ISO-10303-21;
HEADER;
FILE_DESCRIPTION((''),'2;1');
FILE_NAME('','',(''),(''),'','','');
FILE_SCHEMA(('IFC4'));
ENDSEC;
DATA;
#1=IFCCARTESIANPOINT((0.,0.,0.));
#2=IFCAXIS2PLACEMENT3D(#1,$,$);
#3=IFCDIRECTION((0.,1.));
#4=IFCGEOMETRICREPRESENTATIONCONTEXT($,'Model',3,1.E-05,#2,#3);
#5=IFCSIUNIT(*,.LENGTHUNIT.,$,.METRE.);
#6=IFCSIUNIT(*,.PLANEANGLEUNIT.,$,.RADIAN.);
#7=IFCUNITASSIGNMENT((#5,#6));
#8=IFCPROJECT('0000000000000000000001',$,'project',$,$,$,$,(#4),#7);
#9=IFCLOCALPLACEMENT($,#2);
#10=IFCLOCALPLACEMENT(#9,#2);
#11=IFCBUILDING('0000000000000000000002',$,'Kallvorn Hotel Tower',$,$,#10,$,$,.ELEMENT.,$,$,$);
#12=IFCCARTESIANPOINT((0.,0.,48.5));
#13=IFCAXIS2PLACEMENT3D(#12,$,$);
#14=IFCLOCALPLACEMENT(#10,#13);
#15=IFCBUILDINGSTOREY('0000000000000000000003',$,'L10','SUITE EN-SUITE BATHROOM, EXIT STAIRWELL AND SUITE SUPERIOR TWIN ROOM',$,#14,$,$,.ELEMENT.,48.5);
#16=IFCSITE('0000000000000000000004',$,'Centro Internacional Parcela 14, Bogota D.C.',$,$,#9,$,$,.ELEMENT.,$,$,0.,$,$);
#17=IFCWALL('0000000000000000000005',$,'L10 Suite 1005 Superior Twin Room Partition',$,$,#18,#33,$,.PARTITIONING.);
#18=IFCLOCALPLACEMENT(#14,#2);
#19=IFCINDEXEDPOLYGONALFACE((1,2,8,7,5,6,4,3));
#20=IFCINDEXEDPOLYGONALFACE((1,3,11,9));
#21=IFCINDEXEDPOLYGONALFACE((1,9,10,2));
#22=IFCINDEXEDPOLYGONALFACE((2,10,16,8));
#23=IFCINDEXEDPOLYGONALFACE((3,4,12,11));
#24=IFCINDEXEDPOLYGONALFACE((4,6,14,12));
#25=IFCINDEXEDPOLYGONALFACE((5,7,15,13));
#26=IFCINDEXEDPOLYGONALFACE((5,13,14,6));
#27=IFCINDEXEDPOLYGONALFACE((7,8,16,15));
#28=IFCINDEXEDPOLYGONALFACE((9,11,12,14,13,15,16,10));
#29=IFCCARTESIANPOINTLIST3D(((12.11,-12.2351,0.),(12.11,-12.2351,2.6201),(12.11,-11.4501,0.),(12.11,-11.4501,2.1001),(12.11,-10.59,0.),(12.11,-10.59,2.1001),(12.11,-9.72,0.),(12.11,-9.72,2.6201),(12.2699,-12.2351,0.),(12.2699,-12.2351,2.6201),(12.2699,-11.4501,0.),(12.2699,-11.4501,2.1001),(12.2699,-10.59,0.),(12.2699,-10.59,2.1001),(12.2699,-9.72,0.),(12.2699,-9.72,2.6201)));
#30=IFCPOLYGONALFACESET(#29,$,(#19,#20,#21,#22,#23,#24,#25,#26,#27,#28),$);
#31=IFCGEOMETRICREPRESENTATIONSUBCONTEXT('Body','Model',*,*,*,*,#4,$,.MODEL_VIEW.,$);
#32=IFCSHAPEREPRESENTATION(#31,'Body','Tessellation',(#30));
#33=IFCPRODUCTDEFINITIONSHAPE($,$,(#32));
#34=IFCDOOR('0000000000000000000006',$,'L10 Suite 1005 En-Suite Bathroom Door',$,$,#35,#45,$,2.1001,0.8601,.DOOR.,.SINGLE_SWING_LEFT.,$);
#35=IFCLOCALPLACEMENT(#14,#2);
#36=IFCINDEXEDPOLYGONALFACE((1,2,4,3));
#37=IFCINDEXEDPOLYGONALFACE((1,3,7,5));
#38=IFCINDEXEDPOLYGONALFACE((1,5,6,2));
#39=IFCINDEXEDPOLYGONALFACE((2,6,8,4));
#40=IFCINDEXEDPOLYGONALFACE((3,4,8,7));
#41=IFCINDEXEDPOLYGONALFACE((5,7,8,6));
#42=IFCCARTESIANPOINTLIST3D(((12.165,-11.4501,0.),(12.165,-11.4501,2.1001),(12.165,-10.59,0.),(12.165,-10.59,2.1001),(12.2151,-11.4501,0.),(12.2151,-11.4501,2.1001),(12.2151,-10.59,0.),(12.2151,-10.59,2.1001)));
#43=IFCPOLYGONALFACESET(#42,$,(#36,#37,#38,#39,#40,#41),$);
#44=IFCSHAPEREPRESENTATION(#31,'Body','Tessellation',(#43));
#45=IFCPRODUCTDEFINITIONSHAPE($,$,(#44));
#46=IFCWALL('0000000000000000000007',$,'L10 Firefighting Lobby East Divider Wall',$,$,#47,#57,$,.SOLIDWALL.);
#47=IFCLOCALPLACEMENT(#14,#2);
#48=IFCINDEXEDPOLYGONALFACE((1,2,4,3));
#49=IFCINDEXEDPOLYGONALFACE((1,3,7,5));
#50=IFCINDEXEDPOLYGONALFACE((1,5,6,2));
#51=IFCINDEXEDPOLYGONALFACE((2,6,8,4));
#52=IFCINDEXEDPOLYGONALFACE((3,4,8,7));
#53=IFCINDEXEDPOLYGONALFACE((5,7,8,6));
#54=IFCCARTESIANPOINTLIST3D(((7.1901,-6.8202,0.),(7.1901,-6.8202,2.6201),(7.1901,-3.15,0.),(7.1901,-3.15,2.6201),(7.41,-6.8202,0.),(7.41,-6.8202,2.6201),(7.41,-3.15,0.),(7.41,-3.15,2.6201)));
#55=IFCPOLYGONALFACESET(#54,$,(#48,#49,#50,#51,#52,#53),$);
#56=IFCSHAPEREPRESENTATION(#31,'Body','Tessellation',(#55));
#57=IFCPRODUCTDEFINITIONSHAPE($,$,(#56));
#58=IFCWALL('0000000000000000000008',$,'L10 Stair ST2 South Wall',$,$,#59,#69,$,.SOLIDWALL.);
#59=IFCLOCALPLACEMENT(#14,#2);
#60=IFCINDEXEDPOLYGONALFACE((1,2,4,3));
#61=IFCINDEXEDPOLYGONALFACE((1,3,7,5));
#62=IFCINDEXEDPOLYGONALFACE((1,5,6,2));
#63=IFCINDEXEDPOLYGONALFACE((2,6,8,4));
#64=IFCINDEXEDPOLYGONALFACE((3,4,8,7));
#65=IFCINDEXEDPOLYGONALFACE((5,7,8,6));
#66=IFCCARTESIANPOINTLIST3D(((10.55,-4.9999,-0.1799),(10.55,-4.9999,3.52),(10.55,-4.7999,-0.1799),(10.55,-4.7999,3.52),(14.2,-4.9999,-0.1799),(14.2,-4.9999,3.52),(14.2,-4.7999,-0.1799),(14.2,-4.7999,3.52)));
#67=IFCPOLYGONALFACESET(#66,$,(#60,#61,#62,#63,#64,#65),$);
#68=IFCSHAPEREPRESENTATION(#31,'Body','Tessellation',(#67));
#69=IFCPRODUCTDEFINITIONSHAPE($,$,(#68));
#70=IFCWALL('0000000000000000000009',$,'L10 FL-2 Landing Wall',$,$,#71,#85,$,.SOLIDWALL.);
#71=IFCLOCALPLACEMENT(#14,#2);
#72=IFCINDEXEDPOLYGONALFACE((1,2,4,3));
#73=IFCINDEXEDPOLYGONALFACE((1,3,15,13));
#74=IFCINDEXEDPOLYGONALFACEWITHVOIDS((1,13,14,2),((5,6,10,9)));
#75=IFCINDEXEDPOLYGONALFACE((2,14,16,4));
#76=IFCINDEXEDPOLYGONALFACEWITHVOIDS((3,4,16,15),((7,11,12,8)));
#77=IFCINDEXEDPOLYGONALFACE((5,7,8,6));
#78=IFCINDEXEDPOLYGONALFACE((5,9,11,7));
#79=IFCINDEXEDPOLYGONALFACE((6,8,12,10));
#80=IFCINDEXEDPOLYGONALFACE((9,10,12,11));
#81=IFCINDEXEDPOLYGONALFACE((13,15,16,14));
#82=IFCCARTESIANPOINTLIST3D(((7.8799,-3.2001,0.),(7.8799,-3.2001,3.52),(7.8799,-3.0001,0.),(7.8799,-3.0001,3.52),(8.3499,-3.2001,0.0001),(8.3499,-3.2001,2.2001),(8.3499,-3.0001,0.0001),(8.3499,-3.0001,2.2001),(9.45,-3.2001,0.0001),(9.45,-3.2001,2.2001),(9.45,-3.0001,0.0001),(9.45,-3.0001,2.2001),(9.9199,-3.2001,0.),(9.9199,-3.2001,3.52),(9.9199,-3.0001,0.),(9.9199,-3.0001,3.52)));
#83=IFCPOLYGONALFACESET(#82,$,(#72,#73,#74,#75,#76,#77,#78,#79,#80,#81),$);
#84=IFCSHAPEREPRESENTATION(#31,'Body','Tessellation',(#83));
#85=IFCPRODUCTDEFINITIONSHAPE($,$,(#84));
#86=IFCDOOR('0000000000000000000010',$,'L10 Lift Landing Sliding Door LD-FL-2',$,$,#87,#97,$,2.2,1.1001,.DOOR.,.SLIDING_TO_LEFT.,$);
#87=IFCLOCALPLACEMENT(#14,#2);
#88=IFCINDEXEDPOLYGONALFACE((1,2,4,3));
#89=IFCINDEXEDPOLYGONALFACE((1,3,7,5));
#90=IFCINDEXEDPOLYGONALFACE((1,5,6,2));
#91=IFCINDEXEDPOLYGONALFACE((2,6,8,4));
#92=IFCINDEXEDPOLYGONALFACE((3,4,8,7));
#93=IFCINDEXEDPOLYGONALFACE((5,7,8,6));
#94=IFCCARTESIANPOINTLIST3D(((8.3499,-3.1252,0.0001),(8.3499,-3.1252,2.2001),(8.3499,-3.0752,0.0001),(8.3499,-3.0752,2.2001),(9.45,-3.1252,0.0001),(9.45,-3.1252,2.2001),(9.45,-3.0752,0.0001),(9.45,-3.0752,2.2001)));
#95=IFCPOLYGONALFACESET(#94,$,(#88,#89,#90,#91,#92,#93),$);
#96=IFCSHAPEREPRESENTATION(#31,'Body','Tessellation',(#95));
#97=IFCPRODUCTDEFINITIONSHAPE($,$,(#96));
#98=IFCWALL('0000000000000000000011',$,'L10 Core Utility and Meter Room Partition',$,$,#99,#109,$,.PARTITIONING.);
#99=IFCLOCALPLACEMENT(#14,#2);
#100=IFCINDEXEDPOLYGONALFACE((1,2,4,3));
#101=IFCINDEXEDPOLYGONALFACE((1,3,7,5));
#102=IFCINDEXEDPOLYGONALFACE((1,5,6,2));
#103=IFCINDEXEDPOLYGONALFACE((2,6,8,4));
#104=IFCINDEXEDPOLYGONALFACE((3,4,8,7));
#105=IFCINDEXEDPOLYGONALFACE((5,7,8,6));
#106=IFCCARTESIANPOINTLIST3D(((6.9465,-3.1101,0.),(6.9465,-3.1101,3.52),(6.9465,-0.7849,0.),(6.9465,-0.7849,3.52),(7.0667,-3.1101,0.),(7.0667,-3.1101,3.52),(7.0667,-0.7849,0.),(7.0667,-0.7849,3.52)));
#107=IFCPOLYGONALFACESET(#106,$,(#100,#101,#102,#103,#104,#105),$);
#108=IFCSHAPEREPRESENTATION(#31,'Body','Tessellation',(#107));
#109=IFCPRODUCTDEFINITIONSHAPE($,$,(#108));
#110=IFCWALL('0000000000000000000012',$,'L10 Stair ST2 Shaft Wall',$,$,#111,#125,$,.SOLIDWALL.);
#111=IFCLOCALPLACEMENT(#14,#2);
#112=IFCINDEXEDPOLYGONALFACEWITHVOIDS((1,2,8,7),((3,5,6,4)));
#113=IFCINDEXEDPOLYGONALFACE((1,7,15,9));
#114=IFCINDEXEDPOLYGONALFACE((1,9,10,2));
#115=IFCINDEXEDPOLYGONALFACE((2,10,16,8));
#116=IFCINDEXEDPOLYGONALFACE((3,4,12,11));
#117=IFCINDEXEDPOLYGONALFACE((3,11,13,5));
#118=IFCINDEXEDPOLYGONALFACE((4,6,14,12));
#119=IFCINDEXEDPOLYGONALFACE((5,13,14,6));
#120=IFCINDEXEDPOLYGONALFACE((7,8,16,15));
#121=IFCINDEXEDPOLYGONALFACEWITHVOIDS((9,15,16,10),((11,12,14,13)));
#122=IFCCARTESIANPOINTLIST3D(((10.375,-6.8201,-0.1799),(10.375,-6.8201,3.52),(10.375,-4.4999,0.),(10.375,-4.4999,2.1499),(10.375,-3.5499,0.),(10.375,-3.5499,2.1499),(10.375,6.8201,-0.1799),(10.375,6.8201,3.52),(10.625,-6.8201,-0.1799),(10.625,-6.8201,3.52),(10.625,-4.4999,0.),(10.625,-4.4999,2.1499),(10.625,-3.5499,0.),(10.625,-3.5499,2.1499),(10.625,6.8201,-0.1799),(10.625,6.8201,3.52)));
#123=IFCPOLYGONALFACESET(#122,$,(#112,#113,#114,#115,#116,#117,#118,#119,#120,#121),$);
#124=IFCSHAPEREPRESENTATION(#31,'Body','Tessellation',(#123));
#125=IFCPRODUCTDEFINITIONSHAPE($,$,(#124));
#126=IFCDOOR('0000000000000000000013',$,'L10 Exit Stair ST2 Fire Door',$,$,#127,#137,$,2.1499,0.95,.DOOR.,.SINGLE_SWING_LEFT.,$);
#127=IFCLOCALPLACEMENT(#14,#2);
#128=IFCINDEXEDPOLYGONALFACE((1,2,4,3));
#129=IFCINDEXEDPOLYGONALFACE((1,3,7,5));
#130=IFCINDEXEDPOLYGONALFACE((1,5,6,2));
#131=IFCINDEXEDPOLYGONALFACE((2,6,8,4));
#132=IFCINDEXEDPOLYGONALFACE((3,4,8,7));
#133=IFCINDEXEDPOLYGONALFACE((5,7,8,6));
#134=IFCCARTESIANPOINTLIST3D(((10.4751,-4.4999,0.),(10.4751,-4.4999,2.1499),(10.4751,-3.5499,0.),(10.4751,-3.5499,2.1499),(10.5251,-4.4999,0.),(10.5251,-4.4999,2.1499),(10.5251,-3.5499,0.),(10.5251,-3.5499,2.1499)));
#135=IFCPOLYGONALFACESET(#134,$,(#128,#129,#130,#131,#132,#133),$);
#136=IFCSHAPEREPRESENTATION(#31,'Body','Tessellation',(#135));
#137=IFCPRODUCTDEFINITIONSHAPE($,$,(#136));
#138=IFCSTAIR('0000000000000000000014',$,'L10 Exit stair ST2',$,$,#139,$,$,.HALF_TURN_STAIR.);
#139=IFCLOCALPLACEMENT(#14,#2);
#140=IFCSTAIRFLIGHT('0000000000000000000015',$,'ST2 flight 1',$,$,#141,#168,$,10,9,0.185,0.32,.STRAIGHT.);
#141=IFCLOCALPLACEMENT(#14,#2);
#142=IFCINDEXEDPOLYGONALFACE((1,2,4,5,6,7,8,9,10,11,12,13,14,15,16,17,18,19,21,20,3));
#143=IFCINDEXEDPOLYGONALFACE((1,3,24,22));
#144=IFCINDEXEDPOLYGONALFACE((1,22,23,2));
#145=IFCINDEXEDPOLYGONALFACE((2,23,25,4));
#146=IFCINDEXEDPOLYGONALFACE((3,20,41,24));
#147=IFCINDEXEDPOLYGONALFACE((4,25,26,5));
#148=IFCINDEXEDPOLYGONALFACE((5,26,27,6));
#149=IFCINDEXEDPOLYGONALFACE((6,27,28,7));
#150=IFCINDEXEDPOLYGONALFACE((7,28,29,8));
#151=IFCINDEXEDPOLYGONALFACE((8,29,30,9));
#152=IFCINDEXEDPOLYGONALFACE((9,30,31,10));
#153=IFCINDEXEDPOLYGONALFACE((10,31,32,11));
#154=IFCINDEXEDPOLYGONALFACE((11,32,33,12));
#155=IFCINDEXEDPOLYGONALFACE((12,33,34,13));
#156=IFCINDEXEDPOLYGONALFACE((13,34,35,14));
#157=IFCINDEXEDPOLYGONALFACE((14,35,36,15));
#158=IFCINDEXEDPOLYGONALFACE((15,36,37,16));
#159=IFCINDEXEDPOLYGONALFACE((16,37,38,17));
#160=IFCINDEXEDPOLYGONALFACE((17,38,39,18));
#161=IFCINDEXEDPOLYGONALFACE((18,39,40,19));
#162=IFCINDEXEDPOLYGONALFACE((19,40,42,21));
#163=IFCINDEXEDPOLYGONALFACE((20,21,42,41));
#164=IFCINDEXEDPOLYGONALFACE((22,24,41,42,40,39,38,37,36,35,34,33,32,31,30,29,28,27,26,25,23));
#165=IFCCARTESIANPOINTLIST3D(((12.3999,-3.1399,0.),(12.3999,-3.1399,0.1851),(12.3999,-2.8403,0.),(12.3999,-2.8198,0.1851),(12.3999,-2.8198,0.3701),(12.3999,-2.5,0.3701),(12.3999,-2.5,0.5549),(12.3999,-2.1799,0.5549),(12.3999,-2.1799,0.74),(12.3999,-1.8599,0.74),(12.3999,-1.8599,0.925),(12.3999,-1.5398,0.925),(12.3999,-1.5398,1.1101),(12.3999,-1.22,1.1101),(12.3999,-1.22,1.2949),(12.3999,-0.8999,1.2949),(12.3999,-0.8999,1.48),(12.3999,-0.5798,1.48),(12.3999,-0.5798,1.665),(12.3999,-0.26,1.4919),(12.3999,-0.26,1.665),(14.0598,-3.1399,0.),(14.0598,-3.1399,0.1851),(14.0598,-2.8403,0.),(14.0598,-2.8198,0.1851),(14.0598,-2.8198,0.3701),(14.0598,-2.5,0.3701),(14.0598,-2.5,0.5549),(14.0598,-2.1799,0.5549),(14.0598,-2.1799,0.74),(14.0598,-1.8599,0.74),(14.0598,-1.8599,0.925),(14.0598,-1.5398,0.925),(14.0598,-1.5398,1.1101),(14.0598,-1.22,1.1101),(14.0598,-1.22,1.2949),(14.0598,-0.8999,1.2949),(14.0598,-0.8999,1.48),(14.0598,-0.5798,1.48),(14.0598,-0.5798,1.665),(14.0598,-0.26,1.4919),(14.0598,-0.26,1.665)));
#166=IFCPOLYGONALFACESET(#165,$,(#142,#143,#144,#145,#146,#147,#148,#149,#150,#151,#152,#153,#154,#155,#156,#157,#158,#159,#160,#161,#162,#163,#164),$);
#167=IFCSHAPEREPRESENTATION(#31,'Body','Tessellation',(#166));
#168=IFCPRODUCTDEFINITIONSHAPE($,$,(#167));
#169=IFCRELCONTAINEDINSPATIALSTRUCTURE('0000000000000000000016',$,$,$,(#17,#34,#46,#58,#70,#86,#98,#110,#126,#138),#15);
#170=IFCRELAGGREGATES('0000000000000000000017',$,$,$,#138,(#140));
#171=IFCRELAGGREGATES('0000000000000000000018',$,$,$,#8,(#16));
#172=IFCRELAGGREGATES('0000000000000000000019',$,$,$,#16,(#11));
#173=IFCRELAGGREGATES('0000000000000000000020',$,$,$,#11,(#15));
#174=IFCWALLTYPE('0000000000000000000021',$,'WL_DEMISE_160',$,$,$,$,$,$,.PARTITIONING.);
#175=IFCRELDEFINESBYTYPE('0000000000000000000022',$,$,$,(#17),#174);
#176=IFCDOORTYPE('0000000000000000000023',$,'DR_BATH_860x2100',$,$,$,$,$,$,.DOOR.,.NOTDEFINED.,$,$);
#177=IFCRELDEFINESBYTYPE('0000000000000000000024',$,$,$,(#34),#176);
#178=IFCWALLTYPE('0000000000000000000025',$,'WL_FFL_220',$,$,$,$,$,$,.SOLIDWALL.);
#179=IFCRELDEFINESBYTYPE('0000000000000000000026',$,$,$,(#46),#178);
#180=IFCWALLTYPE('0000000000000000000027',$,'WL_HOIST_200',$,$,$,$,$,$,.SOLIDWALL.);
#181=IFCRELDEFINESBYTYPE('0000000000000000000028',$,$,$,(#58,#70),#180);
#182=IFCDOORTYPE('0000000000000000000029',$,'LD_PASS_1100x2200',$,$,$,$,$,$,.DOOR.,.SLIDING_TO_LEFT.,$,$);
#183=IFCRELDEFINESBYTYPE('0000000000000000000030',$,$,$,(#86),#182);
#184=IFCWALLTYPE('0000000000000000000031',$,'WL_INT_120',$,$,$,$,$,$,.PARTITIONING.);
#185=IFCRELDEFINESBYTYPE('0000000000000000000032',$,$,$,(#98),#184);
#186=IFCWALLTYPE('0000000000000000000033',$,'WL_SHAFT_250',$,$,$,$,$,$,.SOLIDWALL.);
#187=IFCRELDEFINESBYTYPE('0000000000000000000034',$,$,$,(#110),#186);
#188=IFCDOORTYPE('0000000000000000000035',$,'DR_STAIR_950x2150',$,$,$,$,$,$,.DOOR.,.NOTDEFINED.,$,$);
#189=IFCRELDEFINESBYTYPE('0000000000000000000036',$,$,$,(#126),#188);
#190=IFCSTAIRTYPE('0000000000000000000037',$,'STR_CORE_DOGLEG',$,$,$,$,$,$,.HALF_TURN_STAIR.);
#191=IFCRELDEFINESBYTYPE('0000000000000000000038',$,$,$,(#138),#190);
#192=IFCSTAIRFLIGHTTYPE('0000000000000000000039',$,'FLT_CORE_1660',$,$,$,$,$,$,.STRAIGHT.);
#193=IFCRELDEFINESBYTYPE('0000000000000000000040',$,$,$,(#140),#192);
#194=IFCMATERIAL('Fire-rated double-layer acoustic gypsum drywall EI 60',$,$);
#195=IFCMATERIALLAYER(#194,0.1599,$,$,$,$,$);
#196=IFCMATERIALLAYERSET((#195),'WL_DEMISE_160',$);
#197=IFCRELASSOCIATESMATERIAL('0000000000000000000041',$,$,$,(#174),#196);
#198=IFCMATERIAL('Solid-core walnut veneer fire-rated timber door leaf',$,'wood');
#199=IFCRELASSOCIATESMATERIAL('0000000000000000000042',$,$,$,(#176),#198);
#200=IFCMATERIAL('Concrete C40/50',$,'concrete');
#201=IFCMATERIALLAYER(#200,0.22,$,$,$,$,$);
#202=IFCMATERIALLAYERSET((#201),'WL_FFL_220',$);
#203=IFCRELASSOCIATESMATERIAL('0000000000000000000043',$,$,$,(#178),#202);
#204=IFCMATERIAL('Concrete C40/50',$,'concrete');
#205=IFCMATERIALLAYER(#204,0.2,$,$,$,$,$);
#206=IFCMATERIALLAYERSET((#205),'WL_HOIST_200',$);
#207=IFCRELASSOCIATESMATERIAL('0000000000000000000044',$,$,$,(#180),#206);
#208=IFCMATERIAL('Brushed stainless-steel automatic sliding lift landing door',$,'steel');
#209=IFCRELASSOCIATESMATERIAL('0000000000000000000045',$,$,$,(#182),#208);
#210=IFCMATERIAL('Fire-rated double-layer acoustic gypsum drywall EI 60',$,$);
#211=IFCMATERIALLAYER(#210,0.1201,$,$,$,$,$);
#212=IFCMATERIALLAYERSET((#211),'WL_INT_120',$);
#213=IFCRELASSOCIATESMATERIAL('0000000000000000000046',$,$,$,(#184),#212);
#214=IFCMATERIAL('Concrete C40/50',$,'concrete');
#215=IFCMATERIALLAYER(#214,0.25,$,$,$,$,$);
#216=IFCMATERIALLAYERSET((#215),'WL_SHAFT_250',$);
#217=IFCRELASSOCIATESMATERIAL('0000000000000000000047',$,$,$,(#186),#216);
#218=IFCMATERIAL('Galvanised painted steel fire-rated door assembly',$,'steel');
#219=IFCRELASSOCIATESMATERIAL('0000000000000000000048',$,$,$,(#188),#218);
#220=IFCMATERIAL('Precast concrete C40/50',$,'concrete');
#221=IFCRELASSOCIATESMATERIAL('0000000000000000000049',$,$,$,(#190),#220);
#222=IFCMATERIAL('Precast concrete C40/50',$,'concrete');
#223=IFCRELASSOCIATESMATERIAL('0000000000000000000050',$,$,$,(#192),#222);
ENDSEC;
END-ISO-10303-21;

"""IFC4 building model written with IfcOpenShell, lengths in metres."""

from ifc_helpers import new_model, si_unit, direction, frame, frame_2d, origin, place, context, subcontext, project, spatial, polyline, rectangle, outline, extrude, material, layer, layer_set, type_object, element, fill, aggregate, save


model = new_model("IFC4")

# Units and contexts
model_context = context("Model", 3, precision=1e-05, world=origin(), true_north=direction((0.0, 1.0)))
body_context = subcontext(model_context, "Body", "Model", "MODEL_VIEW")
ifc_project = project(units=[si_unit("LENGTHUNIT", "METRE"), si_unit("PLANEANGLEUNIT", "RADIAN")], contexts=[model_context])

# Site, building, storey
site_placement = place(None, origin())
site = spatial("IfcSite", under=ifc_project, at=site_placement, Name="Centro Internacional Parcela 14, Bogota D.C.", CompositionType="ELEMENT", RefElevation=0.0)
building_placement = place(site_placement, origin())
building = spatial("IfcBuilding", under=site, at=building_placement, Name="Kallvorn Hotel Tower", CompositionType="ELEMENT")
storey_placement = place(building_placement, frame((0.0, 0.0, 48.5)))
storey = spatial("IfcBuildingStorey", under=building, at=storey_placement, Name="L10", Description="SUITE EN-SUITE BATHROOM, EXIT STAIRWELL AND SUITE SUPERIOR TWIN ROOM", CompositionType="ELEMENT", Elevation=48.5)

# Shared definitions
ifc_material_1 = material(Name="Fire-rated double-layer acoustic gypsum drywall EI 60")
ifc_layer_1 = layer(ifc_material_1, 0.1599)
ifc_layer_set_1 = layer_set([ifc_layer_1], Name="WL_DEMISE_160")
wall_type_1 = type_object("IfcWallType", Name="WL_DEMISE_160", PredefinedType="PARTITIONING", material=ifc_layer_set_1)

# Wall, opening, door
ifc_material_2 = material(Name="Solid-core walnut veneer fire-rated timber door leaf", Category="wood")
door_type_1 = type_object("IfcDoorType", Name="DR_BATH_860x2100", OperationType="NOTDEFINED", PredefinedType="DOOR", material=ifc_material_2)
wall_1_placement = place(storey_placement, frame((12.1899, -12.2351, 0.0), z_axis=(0.0, 0.0, 1.0), x_axis=(0.0, 1.0, 0.0)))
wall_1 = element("IfcWall", 1, at=wall_1_placement, inside=storey, type_object=wall_type_1, Name="L10 Suite 1005 Superior Twin Room Partition", PredefinedType="PARTITIONING", context=body_context, shape_type="SweptSolid", body=[
    extrude(rectangle(XDim=2.5151, YDim=0.1599, at=frame_2d((1.2576, 0.0))), origin(), (0.0, 0.0, 1.0), 2.6201),
])
opening_1_placement = place(wall_1_placement, frame((0.7849, 0.0, 0.0)))
opening_1 = element("IfcOpeningElement", 2, at=opening_1_placement, cuts=wall_1, PredefinedType="OPENING", context=body_context, shape_type="SweptSolid", body=[
    extrude(rectangle(XDim=0.8601, YDim=2.1001, at=frame_2d((0.4302, 1.05))), frame((0.0, 0.095, 0.0), z_axis=(0.0, -1.0, 0.0), x_axis=(1.0, 0.0, 0.0)), (0.0, 0.0, 1.0), 0.1899),
])
door_1_placement = place(opening_1_placement, origin())
door_1 = element("IfcDoor", 3, at=door_1_placement, inside=storey, type_object=door_type_1, Name="L10 Suite 1005 En-Suite Bathroom Door", OperationType="SINGLE_SWING_LEFT", OverallHeight=2.1001, OverallWidth=0.8601, PredefinedType="DOOR", context=body_context, shape_type="SweptSolid", body=[
    extrude(rectangle(XDim=0.8601, YDim=2.1001, at=frame_2d((0.4302, 1.05))), frame((0.0, 0.0249, 0.0), z_axis=(0.0, -1.0, 0.0), x_axis=(1.0, 0.0, 0.0)), (0.0, 0.0, 1.0), 0.05),
])
fill(opening_1, door_1)

# Walls
ifc_material_3 = material(Name="Concrete C40/50", Category="concrete")
ifc_layer_2 = layer(ifc_material_3, 0.22)
ifc_layer_set_2 = layer_set([ifc_layer_2], Name="WL_FFL_220")
wall_type_2 = type_object("IfcWallType", Name="WL_FFL_220", PredefinedType="SOLIDWALL", material=ifc_layer_set_2)
wall_2_placement = place(storey_placement, frame((7.3, -6.8201, 0.0), z_axis=(0.0, 0.0, 1.0), x_axis=(0.0, 1.0, 0.0)))
element("IfcWall", 4, at=wall_2_placement, inside=storey, type_object=wall_type_2, Name="L10 Firefighting Lobby East Divider Wall", PredefinedType="SOLIDWALL", context=body_context, shape_type="SweptSolid", body=[
    extrude(rectangle(XDim=3.6702, YDim=0.22, at=frame_2d((1.835, 0.0))), origin(), (0.0, 0.0, 1.0), 2.6201),
])
ifc_material_4 = material(Name="Concrete C40/50", Category="concrete")
ifc_layer_3 = layer(ifc_material_4, 0.2)
ifc_layer_set_3 = layer_set([ifc_layer_3], Name="WL_HOIST_200")
wall_type_3 = type_object("IfcWallType", Name="WL_HOIST_200", PredefinedType="SOLIDWALL", material=ifc_layer_set_3)
wall_3_placement = place(storey_placement, frame((10.55, -4.8999, -0.1799), z_axis=(0.0, 0.0, 1.0), x_axis=(1.0, 0.0, 0.0)))
element("IfcWall", 5, at=wall_3_placement, inside=storey, type_object=wall_type_3, Name="L10 Stair ST2 South Wall", PredefinedType="SOLIDWALL", context=body_context, shape_type="SweptSolid", body=[
    extrude(rectangle(XDim=3.6499, YDim=0.2, at=frame_2d((1.825, 0.0))), origin(), (0.0, 0.0, 1.0), 3.7),
])

# Wall, opening, door
wall_4_placement = place(storey_placement, frame((7.8799, -3.1001, 0.0), z_axis=(0.0, 0.0, 1.0), x_axis=(1.0, 0.0, 0.0)))
wall_4 = element("IfcWall", 6, at=wall_4_placement, inside=storey, type_object=wall_type_3, Name="L10 FL-2 Landing Wall", PredefinedType="SOLIDWALL", context=body_context, shape_type="SweptSolid", body=[
    extrude(rectangle(XDim=2.04, YDim=0.2, at=frame_2d((1.02, 0.0))), origin(), (0.0, 0.0, 1.0), 3.52),
])
opening_2_placement = place(wall_4_placement, frame((0.47, 0.0, 0.0)))
opening_2 = element("IfcOpeningElement", 7, at=opening_2_placement, cuts=wall_4, PredefinedType="OPENING", context=body_context, shape_type="SweptSolid", body=[
    extrude(rectangle(XDim=1.1001, YDim=2.2, at=frame_2d((0.55, 1.1001))), frame((0.0, 0.115, 0.0), z_axis=(0.0, -1.0, 0.0), x_axis=(1.0, 0.0, 0.0)), (0.0, 0.0, 1.0), 0.23),
])
ifc_material_5 = material(Name="Brushed stainless-steel automatic sliding lift landing door", Category="steel")
door_type_2 = type_object("IfcDoorType", Name="LD_PASS_1100x2200", OperationType="SLIDING_TO_LEFT", PredefinedType="DOOR", material=ifc_material_5)
door_2_placement = place(opening_2_placement, origin())
door_2 = element("IfcDoor", 8, at=door_2_placement, inside=storey, type_object=door_type_2, Name="L10 Lift Landing Sliding Door LD-FL-2", OperationType="SLIDING_TO_LEFT", OverallHeight=2.2, OverallWidth=1.1001, PredefinedType="DOOR", context=body_context, shape_type="SweptSolid", body=[
    extrude(rectangle(XDim=1.1001, YDim=2.2, at=frame_2d((0.55, 1.1001))), frame((0.0, 0.0249, 0.0), z_axis=(0.0, -1.0, 0.0), x_axis=(1.0, 0.0, 0.0)), (0.0, 0.0, 1.0), 0.05),
])
fill(opening_2, door_2)

# Wall
ifc_material_6 = material(Name="Fire-rated double-layer acoustic gypsum drywall EI 60")
ifc_layer_4 = layer(ifc_material_6, 0.1201)
ifc_layer_set_4 = layer_set([ifc_layer_4], Name="WL_INT_120")
wall_type_4 = type_object("IfcWallType", Name="WL_INT_120", PredefinedType="PARTITIONING", material=ifc_layer_set_4)
wall_5_placement = place(storey_placement, frame((7.0066, -3.1101, 0.0), z_axis=(0.0, 0.0, 1.0), x_axis=(0.0, 1.0, 0.0)))
element("IfcWall", 9, at=wall_5_placement, inside=storey, type_object=wall_type_4, Name="L10 Core Utility and Meter Room Partition", PredefinedType="PARTITIONING", context=body_context, shape_type="SweptSolid", body=[
    extrude(rectangle(XDim=2.3252, YDim=0.1201, at=frame_2d((1.1626, 0.0))), origin(), (0.0, 0.0, 1.0), 3.52),
])

# Wall, opening, door
ifc_material_7 = material(Name="Concrete C40/50", Category="concrete")
ifc_layer_5 = layer(ifc_material_7, 0.25)
ifc_layer_set_5 = layer_set([ifc_layer_5], Name="WL_SHAFT_250")
wall_type_5 = type_object("IfcWallType", Name="WL_SHAFT_250", PredefinedType="SOLIDWALL", material=ifc_layer_set_5)
wall_6_placement = place(storey_placement, frame((10.5, -6.8201, -0.1799), z_axis=(0.0, 0.0, 1.0), x_axis=(0.0, 1.0, 0.0)))
wall_6 = element("IfcWall", 10, at=wall_6_placement, inside=storey, type_object=wall_type_5, Name="L10 Stair ST2 Shaft Wall", PredefinedType="SOLIDWALL", context=body_context, shape_type="SweptSolid", body=[
    extrude(rectangle(XDim=13.6401, YDim=0.25, at=frame_2d((6.8201, 0.0))), origin(), (0.0, 0.0, 1.0), 3.7),
])
opening_3_placement = place(wall_6_placement, frame((2.3201, 0.0, 0.1799)))
opening_3 = element("IfcOpeningElement", 11, at=opening_3_placement, cuts=wall_6, PredefinedType="OPENING", context=body_context, shape_type="SweptSolid", body=[
    extrude(rectangle(XDim=0.95, YDim=2.1499, at=frame_2d((0.4751, 1.075))), frame((0.0, 0.1399, 0.0), z_axis=(0.0, -1.0, 0.0), x_axis=(1.0, 0.0, 0.0)), (0.0, 0.0, 1.0), 0.28),
])
ifc_material_8 = material(Name="Galvanised painted steel fire-rated door assembly", Category="steel")
door_type_3 = type_object("IfcDoorType", Name="DR_STAIR_950x2150", OperationType="NOTDEFINED", PredefinedType="DOOR", material=ifc_material_8)
door_3_placement = place(opening_3_placement, origin())
door_3 = element("IfcDoor", 12, at=door_3_placement, inside=storey, type_object=door_type_3, Name="L10 Exit Stair ST2 Fire Door", OperationType="SINGLE_SWING_LEFT", OverallHeight=2.1499, OverallWidth=0.95, PredefinedType="DOOR", context=body_context, shape_type="SweptSolid", body=[
    extrude(rectangle(XDim=0.95, YDim=2.1499, at=frame_2d((0.4751, 1.075))), frame((0.0, 0.0249, 0.0), z_axis=(0.0, -1.0, 0.0), x_axis=(1.0, 0.0, 0.0)), (0.0, 0.0, 1.0), 0.05),
])
fill(opening_3, door_3)

# Stair, stair flight
ifc_material_9 = material(Name="Precast concrete C40/50", Category="concrete")
stair_type = type_object("IfcStairType", Name="STR_CORE_DOGLEG", PredefinedType="HALF_TURN_STAIR", material=ifc_material_9)
stair_placement = place(storey_placement, origin())
stair = element("IfcStair", 13, at=stair_placement, inside=storey, type_object=stair_type, Name="L10 Exit stair ST2", PredefinedType="HALF_TURN_STAIR")
ifc_material_10 = material(Name="Precast concrete C40/50", Category="concrete")
stair_flight_type = type_object("IfcStairFlightType", Name="FLT_CORE_1660", PredefinedType="STRAIGHT", material=ifc_material_10)
stair_flight_placement = place(storey_placement, frame((13.23, -3.1399, 0.0), z_axis=(0.0, 0.0, 1.0), x_axis=(0.0, 1.0, 0.0)))
stair_flight = element("IfcStairFlight", 14, at=stair_flight_placement, type_object=stair_flight_type, Name="ST2 flight 1", NumberOfRisers=10, NumberOfTreads=9, PredefinedType="STRAIGHT", RiserHeight=0.185, TreadLength=0.32, context=body_context, shape_type="SweptSolid", body=[
    extrude(outline(polyline([(0.0, 0.0), (0.0, 0.1851), (0.3201, 0.1851), (0.3201, 0.3701), (0.6399, 0.3701), (0.6399, 0.5549), (0.96, 0.5549), (0.96, 0.74), (1.28, 0.74), (1.28, 0.925), (1.6001, 0.925), (1.6001, 1.1101), (1.9199, 1.1101), (1.9199, 1.2949), (2.24, 1.2949), (2.24, 1.48), (2.5601, 1.48), (2.5601, 1.665), (2.8799, 1.665), (2.8799, 1.8501), (2.8799, 1.4919), (0.2996, 0.0), (0.0, 0.0)])), frame((0.0, 0.8301, 0.0), z_axis=(0.0, -1.0, 0.0), x_axis=(1.0, 0.0, 0.0)), (0.0, 0.0, 1.0), 1.6599),
])
aggregate(stair, [stair_flight])

save(model, "model.ifc")
